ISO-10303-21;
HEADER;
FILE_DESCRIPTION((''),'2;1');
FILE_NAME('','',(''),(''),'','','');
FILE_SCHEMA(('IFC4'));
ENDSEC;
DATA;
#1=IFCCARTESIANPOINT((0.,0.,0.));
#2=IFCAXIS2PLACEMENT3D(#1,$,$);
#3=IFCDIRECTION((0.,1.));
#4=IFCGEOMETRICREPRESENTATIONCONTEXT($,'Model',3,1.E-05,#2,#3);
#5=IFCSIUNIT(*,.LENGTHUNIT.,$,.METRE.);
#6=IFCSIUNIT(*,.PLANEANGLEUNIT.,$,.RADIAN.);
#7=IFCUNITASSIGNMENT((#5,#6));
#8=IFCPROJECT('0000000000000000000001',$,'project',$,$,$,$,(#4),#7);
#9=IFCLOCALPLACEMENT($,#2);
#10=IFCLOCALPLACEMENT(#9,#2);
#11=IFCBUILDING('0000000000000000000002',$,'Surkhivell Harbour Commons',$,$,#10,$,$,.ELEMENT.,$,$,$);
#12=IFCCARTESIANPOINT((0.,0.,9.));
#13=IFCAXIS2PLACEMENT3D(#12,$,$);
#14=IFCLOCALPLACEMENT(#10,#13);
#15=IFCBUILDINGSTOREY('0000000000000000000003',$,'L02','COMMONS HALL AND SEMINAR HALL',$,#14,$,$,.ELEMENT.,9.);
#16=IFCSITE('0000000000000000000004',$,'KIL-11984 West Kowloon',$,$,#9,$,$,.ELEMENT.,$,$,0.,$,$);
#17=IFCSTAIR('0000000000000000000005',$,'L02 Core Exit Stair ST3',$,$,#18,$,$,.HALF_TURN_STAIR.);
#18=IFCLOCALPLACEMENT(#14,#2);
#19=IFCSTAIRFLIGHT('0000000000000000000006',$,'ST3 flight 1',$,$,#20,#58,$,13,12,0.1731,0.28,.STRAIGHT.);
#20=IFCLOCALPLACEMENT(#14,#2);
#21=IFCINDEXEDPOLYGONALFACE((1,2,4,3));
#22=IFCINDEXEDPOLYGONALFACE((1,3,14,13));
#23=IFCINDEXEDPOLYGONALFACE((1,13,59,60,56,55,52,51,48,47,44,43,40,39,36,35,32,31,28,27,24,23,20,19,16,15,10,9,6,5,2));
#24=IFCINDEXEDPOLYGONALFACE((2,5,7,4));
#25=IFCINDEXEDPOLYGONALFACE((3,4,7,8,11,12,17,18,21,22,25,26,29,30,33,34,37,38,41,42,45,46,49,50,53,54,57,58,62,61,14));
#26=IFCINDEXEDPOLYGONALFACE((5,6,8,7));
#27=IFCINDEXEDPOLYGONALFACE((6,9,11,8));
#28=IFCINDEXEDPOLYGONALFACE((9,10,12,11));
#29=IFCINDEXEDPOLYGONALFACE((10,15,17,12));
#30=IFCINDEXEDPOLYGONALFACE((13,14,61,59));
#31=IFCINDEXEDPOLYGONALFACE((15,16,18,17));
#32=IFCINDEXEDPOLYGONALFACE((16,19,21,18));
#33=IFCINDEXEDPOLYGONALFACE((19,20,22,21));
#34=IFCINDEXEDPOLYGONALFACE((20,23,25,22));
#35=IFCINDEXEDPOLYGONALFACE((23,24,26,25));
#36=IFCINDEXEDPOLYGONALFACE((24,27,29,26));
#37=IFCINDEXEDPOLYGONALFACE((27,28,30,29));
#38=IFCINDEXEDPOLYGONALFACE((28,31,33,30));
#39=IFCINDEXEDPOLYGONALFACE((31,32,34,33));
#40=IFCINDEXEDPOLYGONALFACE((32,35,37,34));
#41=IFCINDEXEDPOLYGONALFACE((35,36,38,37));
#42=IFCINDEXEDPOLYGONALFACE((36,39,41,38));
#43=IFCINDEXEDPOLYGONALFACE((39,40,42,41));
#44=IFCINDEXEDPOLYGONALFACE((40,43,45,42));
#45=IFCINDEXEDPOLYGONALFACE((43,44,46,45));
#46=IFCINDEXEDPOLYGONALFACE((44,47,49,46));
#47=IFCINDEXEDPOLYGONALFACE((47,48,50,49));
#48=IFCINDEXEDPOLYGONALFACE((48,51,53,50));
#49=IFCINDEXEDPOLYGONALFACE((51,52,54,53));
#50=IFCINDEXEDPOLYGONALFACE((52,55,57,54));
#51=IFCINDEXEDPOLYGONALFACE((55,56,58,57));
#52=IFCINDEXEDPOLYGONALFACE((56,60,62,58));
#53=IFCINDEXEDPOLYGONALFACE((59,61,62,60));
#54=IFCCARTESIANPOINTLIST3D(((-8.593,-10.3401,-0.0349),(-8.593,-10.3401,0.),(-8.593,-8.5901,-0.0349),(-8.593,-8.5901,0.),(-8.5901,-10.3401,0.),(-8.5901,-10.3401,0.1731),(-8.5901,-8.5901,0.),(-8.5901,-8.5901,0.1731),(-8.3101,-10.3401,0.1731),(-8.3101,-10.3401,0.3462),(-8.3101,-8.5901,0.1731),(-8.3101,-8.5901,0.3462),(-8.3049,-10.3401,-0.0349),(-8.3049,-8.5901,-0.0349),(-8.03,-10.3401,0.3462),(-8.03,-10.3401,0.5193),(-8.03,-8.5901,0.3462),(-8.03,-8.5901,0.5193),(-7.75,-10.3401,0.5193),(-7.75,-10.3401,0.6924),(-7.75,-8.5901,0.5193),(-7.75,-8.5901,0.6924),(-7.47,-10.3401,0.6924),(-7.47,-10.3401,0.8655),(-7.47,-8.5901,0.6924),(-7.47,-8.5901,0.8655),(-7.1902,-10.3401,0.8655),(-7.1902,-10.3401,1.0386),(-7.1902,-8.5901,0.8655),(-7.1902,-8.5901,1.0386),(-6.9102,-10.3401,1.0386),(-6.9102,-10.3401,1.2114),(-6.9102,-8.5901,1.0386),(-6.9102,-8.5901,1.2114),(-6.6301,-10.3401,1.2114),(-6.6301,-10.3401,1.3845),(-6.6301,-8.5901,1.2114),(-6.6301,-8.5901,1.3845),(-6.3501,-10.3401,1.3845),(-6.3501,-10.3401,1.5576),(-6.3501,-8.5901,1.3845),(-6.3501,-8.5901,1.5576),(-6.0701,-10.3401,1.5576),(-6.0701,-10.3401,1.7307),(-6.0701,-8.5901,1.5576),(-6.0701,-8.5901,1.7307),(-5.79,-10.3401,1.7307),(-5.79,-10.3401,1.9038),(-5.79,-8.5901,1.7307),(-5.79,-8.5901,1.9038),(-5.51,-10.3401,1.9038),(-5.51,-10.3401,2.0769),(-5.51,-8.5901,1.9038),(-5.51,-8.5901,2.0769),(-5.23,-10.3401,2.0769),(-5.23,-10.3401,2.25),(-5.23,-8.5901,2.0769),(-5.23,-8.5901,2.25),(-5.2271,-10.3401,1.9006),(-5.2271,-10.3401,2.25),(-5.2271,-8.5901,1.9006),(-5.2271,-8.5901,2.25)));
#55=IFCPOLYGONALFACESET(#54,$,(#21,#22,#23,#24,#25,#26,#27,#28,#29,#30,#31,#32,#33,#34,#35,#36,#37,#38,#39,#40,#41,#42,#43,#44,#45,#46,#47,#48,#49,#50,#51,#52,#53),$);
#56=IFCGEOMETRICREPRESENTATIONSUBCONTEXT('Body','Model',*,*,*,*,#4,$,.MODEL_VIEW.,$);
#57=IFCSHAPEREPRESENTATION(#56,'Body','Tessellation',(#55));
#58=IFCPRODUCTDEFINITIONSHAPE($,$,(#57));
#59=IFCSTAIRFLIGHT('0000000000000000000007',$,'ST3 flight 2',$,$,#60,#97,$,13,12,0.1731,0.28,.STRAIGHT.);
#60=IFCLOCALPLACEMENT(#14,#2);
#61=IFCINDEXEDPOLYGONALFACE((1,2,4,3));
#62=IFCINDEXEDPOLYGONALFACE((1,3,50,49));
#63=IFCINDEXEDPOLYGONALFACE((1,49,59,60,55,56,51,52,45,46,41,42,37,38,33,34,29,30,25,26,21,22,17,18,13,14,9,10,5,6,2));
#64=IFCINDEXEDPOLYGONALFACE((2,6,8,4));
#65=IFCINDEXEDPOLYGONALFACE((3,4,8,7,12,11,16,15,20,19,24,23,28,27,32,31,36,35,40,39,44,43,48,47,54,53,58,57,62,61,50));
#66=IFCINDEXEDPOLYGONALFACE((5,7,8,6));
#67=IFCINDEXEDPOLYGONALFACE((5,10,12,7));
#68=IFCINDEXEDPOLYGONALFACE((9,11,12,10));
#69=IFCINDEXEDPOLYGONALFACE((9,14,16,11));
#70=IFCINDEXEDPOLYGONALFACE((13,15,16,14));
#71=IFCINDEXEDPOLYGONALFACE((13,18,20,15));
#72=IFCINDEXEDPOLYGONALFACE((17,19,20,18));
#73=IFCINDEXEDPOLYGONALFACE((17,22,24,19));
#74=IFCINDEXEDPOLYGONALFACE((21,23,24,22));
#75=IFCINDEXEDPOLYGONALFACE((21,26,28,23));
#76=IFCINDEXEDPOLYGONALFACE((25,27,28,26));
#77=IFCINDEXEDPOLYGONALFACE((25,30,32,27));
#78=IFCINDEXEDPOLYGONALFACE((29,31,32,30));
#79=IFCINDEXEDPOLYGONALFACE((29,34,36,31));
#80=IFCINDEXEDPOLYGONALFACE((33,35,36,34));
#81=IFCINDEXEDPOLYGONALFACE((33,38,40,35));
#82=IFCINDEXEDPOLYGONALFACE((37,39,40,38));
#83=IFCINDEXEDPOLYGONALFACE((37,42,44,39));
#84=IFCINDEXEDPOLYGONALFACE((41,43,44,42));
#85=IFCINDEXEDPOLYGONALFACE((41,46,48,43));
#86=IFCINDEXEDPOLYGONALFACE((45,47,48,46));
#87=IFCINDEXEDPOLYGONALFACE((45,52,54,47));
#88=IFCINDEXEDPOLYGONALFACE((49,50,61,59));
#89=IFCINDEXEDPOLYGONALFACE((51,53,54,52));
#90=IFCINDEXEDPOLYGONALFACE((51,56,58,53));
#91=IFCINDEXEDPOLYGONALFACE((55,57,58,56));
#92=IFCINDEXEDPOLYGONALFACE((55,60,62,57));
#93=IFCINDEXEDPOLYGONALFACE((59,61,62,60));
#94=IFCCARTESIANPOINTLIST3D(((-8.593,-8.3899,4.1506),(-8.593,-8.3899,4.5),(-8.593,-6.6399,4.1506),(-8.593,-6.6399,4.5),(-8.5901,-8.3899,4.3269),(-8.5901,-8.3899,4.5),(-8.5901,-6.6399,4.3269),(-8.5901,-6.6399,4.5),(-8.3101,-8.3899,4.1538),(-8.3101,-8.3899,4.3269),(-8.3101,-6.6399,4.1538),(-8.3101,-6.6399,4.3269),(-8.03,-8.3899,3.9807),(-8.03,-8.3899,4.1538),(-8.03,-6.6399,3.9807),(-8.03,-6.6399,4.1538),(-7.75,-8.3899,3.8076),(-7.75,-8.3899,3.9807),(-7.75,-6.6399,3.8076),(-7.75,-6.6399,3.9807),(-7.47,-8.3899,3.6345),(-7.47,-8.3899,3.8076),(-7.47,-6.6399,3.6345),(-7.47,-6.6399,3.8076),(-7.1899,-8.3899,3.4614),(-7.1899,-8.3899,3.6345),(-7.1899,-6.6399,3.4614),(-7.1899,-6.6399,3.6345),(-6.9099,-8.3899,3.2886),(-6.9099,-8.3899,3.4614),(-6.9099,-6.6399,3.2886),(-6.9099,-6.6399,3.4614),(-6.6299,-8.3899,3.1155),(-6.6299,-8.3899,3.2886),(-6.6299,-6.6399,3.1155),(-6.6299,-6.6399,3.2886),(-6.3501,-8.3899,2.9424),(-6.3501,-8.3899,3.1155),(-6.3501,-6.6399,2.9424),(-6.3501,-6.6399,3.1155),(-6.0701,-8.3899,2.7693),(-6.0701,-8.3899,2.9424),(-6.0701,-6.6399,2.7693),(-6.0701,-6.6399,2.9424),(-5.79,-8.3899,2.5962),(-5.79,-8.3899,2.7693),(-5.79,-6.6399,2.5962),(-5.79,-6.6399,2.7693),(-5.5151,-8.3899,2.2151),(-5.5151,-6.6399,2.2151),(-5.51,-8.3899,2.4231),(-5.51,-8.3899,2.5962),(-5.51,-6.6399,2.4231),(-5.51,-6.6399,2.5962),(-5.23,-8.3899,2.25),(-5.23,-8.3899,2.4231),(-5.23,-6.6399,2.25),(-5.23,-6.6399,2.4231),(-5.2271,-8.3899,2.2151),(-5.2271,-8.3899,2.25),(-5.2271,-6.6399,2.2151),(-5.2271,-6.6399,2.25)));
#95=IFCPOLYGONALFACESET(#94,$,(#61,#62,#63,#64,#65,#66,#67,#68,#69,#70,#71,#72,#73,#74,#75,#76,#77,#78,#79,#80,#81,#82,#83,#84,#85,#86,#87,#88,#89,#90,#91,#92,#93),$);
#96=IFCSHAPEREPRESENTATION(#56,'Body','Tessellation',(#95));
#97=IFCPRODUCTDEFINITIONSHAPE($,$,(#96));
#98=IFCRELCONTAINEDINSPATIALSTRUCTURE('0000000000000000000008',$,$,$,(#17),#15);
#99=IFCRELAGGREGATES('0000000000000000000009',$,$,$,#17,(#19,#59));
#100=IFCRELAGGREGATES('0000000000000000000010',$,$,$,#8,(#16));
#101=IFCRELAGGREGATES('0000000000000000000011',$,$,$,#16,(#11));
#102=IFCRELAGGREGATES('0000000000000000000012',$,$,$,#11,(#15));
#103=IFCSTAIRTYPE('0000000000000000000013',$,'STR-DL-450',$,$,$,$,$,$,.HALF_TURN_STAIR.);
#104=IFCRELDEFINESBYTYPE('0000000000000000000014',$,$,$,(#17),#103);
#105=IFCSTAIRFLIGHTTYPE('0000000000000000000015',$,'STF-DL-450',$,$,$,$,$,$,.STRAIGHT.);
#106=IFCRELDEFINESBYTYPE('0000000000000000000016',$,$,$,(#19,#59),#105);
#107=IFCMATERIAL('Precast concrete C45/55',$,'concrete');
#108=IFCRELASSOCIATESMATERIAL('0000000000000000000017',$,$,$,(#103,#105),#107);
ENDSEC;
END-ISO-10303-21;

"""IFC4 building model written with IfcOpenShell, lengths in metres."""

from ifc_helpers import new_model, si_unit, direction, frame, origin, place, context, subcontext, project, spatial, polyline, outline, extrude, material, type_object, element, aggregate, save


model = new_model("IFC4")

# Units and contexts
model_context = context("Model", 3, precision=1e-05, world=origin(), true_north=direction((0.0, 1.0)))
body_context = subcontext(model_context, "Body", "Model", "MODEL_VIEW")
ifc_project = project(units=[si_unit("LENGTHUNIT", "METRE"), si_unit("PLANEANGLEUNIT", "RADIAN")], contexts=[model_context])

# Site, building, storey
site_placement = place(None, origin())
site = spatial("IfcSite", under=ifc_project, at=site_placement, Name="KIL-11984 West Kowloon", CompositionType="ELEMENT", RefElevation=0.0)
building_placement = place(site_placement, origin())
building = spatial("IfcBuilding", under=site, at=building_placement, Name="Surkhivell Harbour Commons", CompositionType="ELEMENT")
storey_placement = place(building_placement, frame((0.0, 0.0, 9.0)))
storey = spatial("IfcBuildingStorey", under=building, at=storey_placement, Name="L02", Description="COMMONS HALL AND SEMINAR HALL", CompositionType="ELEMENT", Elevation=9.0)

# Stair, stair flights
ifc_material_1 = material(Name="Precast concrete C45/55", Category="concrete")
stair_type = type_object("IfcStairType", Name="STR-DL-450", PredefinedType="HALF_TURN_STAIR", material=ifc_material_1)
stair_placement = place(storey_placement, origin())
stair = element("IfcStair", 1, at=stair_placement, inside=storey, type_object=stair_type, Name="L02 Core Exit Stair ST3", PredefinedType="HALF_TURN_STAIR")
stair_flight_type = type_object("IfcStairFlightType", Name="STF-DL-450", PredefinedType="STRAIGHT", material=ifc_material_1)
stair_flight_1_placement = place(storey_placement, frame((-8.5901, -9.4651, 0.0), z_axis=(0.0, 0.0, 1.0), x_axis=(1.0, 0.0, 0.0)))
stair_flight_1 = element("IfcStairFlight", 2, at=stair_flight_1_placement, type_object=stair_flight_type, Name="ST3 flight 1", NumberOfRisers=13, NumberOfTreads=12, PredefinedType="STRAIGHT", RiserHeight=0.1731, TreadLength=0.28, context=body_context, shape_type="SweptSolid", body=[
    extrude(outline(polyline([(-0.0029, -0.0349), (-0.0029, 0.0), (0.0, 0.0), (0.0, 0.1731), (0.28, 0.1731), (0.28, 0.3462), (0.5601, 0.3462), (0.5601, 0.5193), (0.8401, 0.5193), (0.8401, 0.6924), (1.1201, 0.6924), (1.1201, 0.8655), (1.3999, 0.8655), (1.3999, 1.0386), (1.6799, 1.0386), (1.6799, 1.2114), (1.96, 1.2114), (1.96, 1.3845), (2.24, 1.3845), (2.24, 1.5576), (2.52, 1.5576), (2.52, 1.7307), (2.8, 1.7307), (2.8, 1.9038), (3.0801, 1.9038), (3.0801, 2.0769), (3.3601, 2.0769), (3.3601, 2.25), (3.363, 2.25), (3.363, 1.9006), (0.2852, -0.0349), (-0.0029, -0.0349)])), frame((0.0, 0.875, 0.0), z_axis=(0.0, -1.0, 0.0), x_axis=(1.0, 0.0, 0.0)), (0.0, 0.0, 1.0), 1.75),
])
stair_flight_2_placement = place(storey_placement, frame((-5.23, -7.5149, 2.25), z_axis=(0.0, 0.0, 1.0), x_axis=(-1.0, 0.0, 0.0)))
stair_flight_2 = element("IfcStairFlight", 3, at=stair_flight_2_placement, type_object=stair_flight_type, Name="ST3 flight 2", NumberOfRisers=13, NumberOfTreads=12, PredefinedType="STRAIGHT", RiserHeight=0.1731, TreadLength=0.28, context=body_context, shape_type="SweptSolid", body=[
    extrude(outline(polyline([(-0.0029, -0.0349), (-0.0029, 0.0), (0.0, 0.0), (0.0, 0.1731), (0.28, 0.1731), (0.28, 0.3462), (0.5601, 0.3462), (0.5601, 0.5193), (0.8401, 0.5193), (0.8401, 0.6924), (1.1201, 0.6924), (1.1201, 0.8655), (1.3999, 0.8655), (1.3999, 1.0386), (1.6799, 1.0386), (1.6799, 1.2114), (1.96, 1.2114), (1.96, 1.3845), (2.24, 1.3845), (2.24, 1.5576), (2.52, 1.5576), (2.52, 1.7307), (2.8, 1.7307), (2.8, 1.9038), (3.0801, 1.9038), (3.0801, 2.0769), (3.3601, 2.0769), (3.3601, 2.25), (3.363, 2.25), (3.363, 1.9006), (0.2852, -0.0349), (-0.0029, -0.0349)])), frame((0.0, 0.875, 0.0), z_axis=(0.0, -1.0, 0.0), x_axis=(1.0, 0.0, 0.0)), (0.0, 0.0, 1.0), 1.75),
])
aggregate(stair, [stair_flight_1, stair_flight_2])

save(model, "model.ifc")
